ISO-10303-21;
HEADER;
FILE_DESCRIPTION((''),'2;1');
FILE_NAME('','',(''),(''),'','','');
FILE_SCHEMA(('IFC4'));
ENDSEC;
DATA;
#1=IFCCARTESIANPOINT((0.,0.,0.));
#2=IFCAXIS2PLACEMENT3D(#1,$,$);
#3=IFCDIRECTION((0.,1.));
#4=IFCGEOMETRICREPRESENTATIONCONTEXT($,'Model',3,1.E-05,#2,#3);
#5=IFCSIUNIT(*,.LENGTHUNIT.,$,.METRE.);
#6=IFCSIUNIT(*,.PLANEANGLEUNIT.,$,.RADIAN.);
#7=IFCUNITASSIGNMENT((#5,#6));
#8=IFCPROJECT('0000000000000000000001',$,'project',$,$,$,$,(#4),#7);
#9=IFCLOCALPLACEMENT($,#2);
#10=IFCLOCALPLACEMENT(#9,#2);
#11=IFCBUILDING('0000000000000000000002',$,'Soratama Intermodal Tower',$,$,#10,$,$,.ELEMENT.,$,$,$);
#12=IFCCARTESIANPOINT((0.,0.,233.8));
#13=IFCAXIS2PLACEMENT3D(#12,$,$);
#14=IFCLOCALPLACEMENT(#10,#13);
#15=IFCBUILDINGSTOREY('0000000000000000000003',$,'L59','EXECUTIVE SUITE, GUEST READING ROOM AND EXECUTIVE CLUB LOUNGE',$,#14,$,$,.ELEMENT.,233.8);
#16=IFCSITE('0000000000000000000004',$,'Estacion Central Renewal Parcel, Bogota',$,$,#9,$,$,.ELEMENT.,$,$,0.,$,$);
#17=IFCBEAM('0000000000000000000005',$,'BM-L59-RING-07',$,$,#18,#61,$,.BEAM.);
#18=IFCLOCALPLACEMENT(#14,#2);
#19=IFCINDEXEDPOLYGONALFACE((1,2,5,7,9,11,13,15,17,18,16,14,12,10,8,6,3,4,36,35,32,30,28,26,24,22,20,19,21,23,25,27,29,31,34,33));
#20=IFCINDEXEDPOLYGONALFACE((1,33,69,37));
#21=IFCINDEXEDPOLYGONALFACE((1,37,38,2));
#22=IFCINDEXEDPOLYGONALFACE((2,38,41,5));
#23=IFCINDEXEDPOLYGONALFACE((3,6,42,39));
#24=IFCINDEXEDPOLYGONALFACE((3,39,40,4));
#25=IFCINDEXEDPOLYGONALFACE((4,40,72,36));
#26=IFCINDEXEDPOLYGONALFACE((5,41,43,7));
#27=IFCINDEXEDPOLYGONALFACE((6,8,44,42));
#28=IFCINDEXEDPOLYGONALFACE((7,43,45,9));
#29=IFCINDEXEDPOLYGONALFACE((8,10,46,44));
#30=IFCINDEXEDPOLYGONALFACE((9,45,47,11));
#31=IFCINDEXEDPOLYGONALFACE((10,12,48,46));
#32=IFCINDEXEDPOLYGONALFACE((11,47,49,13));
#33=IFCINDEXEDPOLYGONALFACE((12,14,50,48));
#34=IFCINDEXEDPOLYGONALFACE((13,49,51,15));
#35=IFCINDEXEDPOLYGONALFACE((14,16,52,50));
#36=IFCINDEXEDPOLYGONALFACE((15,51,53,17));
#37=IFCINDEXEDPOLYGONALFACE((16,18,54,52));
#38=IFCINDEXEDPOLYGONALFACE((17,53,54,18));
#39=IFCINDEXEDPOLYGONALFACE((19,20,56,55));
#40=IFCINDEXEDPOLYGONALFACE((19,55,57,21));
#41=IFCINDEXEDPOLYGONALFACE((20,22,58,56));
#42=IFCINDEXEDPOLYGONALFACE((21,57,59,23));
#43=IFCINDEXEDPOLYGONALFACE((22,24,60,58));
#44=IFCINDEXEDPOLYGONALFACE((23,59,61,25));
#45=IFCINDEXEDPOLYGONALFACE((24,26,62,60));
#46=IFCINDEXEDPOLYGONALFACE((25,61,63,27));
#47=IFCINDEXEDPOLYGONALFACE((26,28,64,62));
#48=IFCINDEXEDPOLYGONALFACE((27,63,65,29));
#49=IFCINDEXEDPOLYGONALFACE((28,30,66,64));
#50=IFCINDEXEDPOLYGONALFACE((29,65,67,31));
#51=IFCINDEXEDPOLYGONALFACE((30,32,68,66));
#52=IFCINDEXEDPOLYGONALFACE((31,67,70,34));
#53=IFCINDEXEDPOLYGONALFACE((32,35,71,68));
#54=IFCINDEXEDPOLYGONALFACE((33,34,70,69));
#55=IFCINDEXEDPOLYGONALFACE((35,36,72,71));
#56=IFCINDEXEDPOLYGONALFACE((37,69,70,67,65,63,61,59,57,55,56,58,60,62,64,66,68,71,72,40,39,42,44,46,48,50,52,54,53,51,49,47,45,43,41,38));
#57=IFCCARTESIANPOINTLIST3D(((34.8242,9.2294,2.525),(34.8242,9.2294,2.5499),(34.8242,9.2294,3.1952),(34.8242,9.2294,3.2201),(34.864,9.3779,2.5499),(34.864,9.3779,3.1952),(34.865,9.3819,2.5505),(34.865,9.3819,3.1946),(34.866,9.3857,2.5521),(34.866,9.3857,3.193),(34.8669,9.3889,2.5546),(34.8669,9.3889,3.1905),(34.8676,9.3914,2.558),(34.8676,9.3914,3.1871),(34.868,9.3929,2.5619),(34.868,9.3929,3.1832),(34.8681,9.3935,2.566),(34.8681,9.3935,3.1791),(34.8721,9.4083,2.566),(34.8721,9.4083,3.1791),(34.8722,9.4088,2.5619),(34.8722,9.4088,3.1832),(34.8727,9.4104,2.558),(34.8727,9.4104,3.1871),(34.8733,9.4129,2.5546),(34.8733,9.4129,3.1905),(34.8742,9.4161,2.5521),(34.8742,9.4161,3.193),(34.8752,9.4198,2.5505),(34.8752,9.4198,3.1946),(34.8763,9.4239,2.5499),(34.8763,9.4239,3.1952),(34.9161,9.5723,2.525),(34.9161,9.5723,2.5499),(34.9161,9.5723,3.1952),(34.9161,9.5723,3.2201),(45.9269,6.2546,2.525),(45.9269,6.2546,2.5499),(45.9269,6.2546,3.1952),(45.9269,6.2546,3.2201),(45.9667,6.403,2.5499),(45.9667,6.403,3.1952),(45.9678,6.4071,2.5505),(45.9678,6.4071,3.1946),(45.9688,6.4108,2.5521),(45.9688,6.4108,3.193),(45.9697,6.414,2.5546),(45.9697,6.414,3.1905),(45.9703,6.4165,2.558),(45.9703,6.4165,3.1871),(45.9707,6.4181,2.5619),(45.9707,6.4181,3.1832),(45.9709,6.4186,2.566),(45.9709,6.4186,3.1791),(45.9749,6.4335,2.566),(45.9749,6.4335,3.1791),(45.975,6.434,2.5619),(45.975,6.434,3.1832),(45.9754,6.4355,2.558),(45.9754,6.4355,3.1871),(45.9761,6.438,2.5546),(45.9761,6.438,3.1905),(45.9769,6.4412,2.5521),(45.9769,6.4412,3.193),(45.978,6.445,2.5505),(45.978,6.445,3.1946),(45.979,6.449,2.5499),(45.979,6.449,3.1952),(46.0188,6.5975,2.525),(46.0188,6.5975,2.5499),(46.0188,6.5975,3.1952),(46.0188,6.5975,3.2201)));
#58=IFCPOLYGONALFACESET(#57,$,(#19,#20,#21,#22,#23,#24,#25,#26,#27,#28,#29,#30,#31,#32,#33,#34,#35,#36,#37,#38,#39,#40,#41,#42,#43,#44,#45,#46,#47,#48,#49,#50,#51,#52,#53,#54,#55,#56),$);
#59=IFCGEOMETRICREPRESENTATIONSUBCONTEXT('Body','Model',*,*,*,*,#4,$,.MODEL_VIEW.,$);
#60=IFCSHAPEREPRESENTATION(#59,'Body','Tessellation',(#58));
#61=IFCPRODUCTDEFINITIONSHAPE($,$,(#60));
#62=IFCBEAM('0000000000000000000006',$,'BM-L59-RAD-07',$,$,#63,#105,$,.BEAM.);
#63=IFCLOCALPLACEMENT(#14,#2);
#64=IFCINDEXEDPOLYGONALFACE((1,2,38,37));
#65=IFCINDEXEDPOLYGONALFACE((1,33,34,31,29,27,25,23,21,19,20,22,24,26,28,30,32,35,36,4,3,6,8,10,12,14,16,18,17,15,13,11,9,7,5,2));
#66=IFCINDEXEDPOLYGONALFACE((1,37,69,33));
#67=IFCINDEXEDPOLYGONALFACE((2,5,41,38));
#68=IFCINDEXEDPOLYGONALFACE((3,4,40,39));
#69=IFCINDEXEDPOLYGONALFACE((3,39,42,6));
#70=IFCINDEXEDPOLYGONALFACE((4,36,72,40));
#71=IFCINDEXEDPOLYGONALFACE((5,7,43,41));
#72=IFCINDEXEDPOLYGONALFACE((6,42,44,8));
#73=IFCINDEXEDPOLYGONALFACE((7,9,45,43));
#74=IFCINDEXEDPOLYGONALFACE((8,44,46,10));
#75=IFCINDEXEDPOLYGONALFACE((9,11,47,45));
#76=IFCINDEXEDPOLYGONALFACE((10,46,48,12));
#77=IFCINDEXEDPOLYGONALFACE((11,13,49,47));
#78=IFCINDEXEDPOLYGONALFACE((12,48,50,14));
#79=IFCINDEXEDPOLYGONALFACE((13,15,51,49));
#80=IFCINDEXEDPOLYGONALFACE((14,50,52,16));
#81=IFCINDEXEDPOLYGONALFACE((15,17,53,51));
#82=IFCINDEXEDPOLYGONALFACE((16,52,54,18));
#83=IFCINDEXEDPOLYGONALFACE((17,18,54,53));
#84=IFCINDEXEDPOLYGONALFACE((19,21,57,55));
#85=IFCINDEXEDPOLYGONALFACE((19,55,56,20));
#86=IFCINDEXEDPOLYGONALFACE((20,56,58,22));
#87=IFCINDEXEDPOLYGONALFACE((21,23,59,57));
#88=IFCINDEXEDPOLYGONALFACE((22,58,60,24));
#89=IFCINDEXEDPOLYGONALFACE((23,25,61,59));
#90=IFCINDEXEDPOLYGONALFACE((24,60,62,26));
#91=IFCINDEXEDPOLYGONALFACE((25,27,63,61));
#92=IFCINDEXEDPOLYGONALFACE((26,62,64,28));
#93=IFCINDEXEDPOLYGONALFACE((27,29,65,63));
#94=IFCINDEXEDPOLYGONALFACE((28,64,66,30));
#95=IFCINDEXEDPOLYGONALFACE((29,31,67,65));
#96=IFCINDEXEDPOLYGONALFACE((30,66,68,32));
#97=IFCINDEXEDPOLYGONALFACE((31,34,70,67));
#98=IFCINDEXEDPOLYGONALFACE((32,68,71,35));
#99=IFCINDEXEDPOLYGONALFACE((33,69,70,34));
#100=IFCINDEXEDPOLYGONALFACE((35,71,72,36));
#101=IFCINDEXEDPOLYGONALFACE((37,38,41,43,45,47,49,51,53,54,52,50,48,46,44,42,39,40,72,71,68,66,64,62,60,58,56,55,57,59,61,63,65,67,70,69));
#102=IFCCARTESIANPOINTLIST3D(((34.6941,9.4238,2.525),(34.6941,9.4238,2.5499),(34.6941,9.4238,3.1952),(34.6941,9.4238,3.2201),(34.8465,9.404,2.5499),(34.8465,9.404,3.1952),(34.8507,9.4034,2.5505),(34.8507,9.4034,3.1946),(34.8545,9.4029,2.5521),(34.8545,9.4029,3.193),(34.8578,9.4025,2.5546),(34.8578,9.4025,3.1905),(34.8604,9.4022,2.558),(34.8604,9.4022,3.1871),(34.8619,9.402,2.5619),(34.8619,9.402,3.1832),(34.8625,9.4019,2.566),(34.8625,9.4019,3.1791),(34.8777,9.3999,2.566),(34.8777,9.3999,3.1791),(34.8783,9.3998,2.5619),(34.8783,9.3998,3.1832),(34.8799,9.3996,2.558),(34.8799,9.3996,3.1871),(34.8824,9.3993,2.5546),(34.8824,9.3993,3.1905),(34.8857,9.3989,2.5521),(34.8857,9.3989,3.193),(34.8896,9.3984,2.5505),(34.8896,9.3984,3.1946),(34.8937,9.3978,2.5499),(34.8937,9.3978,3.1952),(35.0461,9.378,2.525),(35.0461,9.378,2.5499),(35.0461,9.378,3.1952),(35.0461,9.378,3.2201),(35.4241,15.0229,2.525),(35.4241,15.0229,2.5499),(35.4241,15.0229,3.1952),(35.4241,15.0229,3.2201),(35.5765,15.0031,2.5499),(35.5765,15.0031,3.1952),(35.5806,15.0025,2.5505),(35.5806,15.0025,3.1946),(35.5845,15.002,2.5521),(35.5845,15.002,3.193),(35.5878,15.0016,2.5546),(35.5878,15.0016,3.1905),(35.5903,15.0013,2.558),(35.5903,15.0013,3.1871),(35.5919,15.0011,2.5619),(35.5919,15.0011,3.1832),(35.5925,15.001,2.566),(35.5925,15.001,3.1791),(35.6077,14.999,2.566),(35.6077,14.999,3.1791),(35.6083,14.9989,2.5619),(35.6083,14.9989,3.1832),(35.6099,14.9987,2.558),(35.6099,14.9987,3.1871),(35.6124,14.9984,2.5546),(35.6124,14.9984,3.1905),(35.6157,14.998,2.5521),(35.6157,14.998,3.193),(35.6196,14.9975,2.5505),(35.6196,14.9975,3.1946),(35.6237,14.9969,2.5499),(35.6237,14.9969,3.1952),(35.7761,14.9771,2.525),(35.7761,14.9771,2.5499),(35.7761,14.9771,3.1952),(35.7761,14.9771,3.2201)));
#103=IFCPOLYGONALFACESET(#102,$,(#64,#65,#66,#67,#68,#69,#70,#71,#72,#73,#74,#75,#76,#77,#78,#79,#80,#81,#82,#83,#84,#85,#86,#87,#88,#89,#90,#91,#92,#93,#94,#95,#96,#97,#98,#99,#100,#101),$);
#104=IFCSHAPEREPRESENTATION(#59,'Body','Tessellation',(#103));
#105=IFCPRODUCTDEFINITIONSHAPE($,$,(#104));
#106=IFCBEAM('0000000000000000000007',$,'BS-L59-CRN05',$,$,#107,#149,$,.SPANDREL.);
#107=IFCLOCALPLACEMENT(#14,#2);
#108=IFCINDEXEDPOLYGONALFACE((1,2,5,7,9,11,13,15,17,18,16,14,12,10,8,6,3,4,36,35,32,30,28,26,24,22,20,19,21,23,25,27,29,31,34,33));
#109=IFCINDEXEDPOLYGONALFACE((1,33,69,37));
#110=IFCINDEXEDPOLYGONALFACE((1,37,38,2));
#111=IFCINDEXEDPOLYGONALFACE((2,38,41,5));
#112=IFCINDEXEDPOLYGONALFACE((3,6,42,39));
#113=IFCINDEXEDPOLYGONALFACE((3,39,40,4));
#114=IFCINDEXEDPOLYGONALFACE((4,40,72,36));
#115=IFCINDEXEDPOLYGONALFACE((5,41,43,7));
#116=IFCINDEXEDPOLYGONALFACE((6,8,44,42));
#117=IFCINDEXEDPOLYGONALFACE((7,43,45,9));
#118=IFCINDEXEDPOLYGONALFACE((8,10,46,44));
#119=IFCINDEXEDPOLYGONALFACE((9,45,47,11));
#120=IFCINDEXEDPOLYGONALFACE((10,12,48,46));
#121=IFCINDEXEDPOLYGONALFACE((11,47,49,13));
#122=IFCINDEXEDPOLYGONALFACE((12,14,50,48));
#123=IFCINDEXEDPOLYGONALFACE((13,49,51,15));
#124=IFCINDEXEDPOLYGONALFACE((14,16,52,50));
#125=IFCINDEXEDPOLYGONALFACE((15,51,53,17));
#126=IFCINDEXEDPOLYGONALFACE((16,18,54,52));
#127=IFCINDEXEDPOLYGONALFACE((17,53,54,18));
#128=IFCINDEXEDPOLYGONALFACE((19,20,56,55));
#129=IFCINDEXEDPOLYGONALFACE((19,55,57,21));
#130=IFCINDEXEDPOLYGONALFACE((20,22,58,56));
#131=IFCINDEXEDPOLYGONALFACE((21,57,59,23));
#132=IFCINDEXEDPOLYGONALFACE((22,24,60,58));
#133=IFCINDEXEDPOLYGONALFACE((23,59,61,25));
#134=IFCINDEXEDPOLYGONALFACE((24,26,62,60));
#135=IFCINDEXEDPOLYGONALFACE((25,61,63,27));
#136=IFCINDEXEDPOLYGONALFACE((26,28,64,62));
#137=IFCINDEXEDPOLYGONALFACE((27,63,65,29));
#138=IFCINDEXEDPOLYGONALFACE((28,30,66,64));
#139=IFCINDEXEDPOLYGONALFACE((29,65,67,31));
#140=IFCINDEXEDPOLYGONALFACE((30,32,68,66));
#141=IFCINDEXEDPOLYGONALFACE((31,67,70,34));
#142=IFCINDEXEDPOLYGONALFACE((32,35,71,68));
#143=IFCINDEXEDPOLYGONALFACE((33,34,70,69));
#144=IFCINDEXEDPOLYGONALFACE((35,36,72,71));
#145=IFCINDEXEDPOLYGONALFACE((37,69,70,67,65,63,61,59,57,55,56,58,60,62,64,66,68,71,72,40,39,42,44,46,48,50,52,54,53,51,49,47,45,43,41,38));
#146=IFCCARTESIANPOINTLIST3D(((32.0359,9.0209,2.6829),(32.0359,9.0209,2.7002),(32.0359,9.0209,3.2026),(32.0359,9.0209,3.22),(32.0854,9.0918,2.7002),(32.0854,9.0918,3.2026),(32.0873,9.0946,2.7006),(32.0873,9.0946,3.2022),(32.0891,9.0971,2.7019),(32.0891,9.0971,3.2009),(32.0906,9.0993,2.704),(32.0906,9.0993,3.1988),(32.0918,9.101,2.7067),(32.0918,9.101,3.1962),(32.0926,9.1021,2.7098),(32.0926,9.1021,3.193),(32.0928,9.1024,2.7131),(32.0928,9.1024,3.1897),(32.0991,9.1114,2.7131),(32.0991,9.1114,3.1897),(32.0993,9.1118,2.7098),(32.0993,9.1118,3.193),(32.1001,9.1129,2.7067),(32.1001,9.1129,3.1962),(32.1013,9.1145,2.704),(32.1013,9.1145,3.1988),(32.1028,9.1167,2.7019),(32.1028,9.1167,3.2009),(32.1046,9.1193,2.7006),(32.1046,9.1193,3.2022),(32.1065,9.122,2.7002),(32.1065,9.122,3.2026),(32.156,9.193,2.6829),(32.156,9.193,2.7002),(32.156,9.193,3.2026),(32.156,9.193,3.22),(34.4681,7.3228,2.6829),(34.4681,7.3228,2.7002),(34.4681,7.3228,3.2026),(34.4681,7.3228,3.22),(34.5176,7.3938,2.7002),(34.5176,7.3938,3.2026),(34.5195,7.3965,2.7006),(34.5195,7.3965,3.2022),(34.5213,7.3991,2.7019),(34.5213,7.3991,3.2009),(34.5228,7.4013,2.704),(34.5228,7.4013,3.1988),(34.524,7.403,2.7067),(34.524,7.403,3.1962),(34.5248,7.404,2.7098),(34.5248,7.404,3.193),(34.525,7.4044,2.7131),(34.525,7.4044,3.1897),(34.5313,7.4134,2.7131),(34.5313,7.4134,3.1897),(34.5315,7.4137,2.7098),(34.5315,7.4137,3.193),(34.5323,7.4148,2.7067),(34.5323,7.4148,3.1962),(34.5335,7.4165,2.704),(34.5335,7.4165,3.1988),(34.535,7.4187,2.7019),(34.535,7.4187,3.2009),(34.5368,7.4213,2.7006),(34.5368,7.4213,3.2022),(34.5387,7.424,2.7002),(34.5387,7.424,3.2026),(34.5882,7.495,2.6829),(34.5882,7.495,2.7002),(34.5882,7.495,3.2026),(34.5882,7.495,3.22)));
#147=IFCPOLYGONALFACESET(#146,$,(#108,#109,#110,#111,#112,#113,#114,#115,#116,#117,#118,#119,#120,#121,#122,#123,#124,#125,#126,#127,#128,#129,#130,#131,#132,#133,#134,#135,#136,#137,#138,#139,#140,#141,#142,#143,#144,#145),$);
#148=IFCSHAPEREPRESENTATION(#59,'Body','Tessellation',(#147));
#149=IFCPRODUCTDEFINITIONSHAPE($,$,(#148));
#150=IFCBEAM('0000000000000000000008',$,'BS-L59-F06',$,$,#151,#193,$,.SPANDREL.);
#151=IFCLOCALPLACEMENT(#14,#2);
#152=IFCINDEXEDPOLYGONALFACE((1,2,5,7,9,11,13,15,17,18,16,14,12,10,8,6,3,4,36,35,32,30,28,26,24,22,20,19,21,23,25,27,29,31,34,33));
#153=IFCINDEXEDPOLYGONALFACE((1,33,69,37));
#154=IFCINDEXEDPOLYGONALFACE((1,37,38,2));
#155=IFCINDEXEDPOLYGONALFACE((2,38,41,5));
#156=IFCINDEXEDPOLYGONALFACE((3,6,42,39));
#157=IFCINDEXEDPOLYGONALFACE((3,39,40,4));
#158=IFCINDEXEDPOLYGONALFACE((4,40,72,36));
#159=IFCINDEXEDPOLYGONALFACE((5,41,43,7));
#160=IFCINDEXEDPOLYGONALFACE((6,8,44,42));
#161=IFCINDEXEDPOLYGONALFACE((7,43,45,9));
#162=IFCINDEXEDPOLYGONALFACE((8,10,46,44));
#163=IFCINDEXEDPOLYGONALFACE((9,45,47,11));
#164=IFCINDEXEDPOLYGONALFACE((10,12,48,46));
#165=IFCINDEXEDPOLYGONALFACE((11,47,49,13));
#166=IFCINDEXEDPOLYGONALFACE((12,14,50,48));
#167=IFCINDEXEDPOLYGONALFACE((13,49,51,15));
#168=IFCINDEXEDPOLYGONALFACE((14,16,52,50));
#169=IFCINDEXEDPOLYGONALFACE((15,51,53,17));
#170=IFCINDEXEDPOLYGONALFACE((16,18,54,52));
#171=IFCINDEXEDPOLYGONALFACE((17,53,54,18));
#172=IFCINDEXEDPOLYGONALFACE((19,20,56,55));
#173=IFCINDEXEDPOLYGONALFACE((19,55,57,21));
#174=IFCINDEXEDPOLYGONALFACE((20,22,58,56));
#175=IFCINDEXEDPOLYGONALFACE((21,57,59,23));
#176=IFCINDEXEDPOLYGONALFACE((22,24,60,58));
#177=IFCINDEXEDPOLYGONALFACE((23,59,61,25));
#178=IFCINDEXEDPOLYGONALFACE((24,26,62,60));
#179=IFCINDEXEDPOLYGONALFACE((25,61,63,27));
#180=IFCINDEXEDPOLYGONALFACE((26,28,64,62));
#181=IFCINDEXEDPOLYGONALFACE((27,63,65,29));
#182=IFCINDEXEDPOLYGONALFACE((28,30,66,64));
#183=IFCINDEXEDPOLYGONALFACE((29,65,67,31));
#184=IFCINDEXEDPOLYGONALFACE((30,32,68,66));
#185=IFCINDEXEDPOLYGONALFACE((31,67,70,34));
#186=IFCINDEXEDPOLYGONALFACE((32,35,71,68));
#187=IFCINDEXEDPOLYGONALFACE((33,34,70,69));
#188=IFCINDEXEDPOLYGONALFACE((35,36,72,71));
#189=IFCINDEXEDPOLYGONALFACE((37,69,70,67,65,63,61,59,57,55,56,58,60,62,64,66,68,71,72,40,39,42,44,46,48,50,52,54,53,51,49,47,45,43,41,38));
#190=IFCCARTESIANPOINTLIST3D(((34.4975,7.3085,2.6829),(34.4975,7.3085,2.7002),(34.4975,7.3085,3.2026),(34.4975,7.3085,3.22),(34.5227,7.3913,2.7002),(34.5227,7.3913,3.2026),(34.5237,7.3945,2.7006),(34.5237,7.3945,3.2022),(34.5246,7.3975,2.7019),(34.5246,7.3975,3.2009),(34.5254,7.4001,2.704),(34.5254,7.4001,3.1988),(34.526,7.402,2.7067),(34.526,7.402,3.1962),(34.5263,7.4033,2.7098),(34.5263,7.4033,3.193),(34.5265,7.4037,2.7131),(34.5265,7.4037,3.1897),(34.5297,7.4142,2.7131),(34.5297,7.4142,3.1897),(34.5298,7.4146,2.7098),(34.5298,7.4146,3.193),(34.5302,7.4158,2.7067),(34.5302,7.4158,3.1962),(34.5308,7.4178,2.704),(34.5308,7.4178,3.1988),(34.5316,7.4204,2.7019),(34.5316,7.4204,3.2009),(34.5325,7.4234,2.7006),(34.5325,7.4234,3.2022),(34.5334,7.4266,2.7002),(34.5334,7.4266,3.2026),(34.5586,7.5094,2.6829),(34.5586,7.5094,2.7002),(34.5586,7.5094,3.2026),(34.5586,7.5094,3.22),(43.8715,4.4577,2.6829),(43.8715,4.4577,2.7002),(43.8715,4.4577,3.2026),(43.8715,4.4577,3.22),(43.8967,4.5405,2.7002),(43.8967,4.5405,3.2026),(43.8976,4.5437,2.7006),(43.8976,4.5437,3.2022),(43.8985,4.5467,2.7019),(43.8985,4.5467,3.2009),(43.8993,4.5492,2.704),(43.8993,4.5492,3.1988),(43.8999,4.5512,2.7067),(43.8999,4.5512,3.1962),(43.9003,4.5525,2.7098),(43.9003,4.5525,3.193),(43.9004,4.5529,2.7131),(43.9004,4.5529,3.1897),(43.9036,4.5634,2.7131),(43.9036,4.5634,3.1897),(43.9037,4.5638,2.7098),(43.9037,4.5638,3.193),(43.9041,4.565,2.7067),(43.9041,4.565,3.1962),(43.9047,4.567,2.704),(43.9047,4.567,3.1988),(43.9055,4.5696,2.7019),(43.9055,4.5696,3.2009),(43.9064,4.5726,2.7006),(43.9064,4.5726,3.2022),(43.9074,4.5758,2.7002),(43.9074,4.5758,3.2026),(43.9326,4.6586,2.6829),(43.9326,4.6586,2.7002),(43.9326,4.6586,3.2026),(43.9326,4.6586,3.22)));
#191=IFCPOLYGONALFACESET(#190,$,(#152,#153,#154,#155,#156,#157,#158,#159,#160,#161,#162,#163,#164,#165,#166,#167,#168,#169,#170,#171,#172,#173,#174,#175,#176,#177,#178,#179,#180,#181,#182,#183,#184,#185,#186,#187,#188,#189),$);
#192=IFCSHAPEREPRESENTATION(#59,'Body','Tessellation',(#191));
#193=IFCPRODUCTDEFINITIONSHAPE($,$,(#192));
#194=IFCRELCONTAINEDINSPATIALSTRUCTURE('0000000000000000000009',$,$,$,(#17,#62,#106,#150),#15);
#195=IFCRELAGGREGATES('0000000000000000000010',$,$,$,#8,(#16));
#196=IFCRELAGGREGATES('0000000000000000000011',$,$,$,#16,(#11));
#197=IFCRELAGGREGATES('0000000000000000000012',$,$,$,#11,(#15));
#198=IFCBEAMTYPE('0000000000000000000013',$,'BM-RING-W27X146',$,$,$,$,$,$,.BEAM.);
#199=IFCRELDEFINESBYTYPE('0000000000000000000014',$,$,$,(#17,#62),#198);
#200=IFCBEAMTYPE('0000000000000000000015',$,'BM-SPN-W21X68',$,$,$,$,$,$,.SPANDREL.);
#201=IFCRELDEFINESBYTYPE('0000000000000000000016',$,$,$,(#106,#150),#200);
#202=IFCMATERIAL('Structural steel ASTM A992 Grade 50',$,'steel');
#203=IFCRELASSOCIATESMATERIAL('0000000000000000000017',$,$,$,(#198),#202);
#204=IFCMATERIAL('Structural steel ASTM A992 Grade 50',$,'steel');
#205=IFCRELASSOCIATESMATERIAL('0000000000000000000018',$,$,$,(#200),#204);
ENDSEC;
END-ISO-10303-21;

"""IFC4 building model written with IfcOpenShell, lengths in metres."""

from ifc_helpers import new_model, si_unit, direction, frame, origin, origin_2d, place, context, subcontext, project, spatial, i_section, extrude, material, material_profile, profile_set, type_object, element, save


model = new_model("IFC4")

# Units and contexts
model_context = context("Model", 3, precision=1e-05, world=origin(), true_north=direction((0.0, 1.0)))
body_context = subcontext(model_context, "Body", "Model", "MODEL_VIEW")
ifc_project = project(units=[si_unit("LENGTHUNIT", "METRE"), si_unit("PLANEANGLEUNIT", "RADIAN")], contexts=[model_context])

# Site, building, storey
site_placement = place(None, origin())
site = spatial("IfcSite", under=ifc_project, at=site_placement, Name="Estacion Central Renewal Parcel, Bogota", CompositionType="ELEMENT", RefElevation=0.0)
building_placement = place(site_placement, origin())
building = spatial("IfcBuilding", under=site, at=building_placement, Name="Soratama Intermodal Tower", CompositionType="ELEMENT")
storey_placement = place(building_placement, frame((0.0, 0.0, 233.8)))
storey = spatial("IfcBuildingStorey", under=building, at=storey_placement, Name="L59", Description="EXECUTIVE SUITE, GUEST READING ROOM AND EXECUTIVE CLUB LOUNGE", CompositionType="ELEMENT", Elevation=233.8)

# Beams
ifc_material_1 = material(Name="Structural steel ASTM A992 Grade 50", Category="steel")
ifc_material_profile_1 = material_profile(ifc_material_1, i_section(OverallWidth=0.355, OverallDepth=0.6951, WebThickness=0.0154, FlangeThickness=0.0249, FilletRadius=0.0161, at=origin_2d()), Name="W27X146")
ifc_profile_set_1 = profile_set([ifc_material_profile_1], Name="Structural steel ASTM A992 Grade 50")
beam_type_1 = type_object("IfcBeamType", Name="BM-RING-W27X146", PredefinedType="BEAM", material=ifc_profile_set_1)
beam_1_placement = place(storey_placement, frame((34.8701, 9.4009, 2.8726), z_axis=(0.965929, -0.258809, 0.0), x_axis=(0.258809, 0.965929, 0.0)))
element("IfcBeam", 1, at=beam_1_placement, inside=storey, type_object=beam_type_1, Name="BM-L59-RING-07", PredefinedType="BEAM", context=body_context, shape_type="SweptSolid", body=[
    extrude(i_section(OverallWidth=0.355, OverallDepth=0.6951, WebThickness=0.0154, FlangeThickness=0.0249, FilletRadius=0.0161, at=origin_2d()), origin(), (0.0, 0.0, 1.0), 11.4944),
])
beam_2_placement = place(storey_placement, frame((35.6001, 15.0, 2.8726), z_axis=(-0.12928, -0.991608, 0.0), x_axis=(0.991608, -0.12928, 0.0)))
element("IfcBeam", 2, at=beam_2_placement, inside=storey, type_object=beam_type_1, Name="BM-L59-RAD-07", PredefinedType="BEAM", context=body_context, shape_type="SweptSolid", body=[
    extrude(i_section(OverallWidth=0.355, OverallDepth=0.6951, WebThickness=0.0154, FlangeThickness=0.0249, FilletRadius=0.0161, at=origin_2d()), origin(), (0.0, 0.0, 1.0), 5.6465),
])
ifc_material_2 = material(Name="Structural steel ASTM A992 Grade 50", Category="steel")
ifc_material_profile_2 = material_profile(ifc_material_2, i_section(OverallWidth=0.21, OverallDepth=0.5371, WebThickness=0.011, FlangeThickness=0.0173, FilletRadius=0.0129, at=origin_2d()), Name="W21X68")
ifc_profile_set_2 = profile_set([ifc_material_profile_2], Name="Structural steel ASTM A992 Grade 50")
beam_type_2 = type_object("IfcBeamType", Name="BM-SPN-W21X68", PredefinedType="SPANDREL", material=ifc_profile_set_2)
beam_3_placement = place(storey_placement, frame((32.0959, 9.1069, 2.9514), z_axis=(0.819943, -0.572445, 0.0), x_axis=(0.572445, 0.819943, 0.0)))
element("IfcBeam", 3, at=beam_3_placement, inside=storey, type_object=beam_type_2, Name="BS-L59-CRN05", PredefinedType="SPANDREL", context=body_context, shape_type="SweptSolid", body=[
    extrude(i_section(OverallWidth=0.21, OverallDepth=0.5371, WebThickness=0.011, FlangeThickness=0.0173, FilletRadius=0.0129, at=origin_2d()), origin(), (0.0, 0.0, 1.0), 2.9663),
])
beam_4_placement = place(storey_placement, frame((34.5281, 7.4089, 2.9514), z_axis=(0.956735, -0.290962, 0.0), x_axis=(0.290962, 0.956735, 0.0)))
element("IfcBeam", 4, at=beam_4_placement, inside=storey, type_object=beam_type_2, Name="BS-L59-F06", PredefinedType="SPANDREL", context=body_context, shape_type="SweptSolid", body=[
    extrude(i_section(OverallWidth=0.21, OverallDepth=0.5371, WebThickness=0.011, FlangeThickness=0.0173, FilletRadius=0.0129, at=origin_2d()), origin(), (0.0, 0.0, 1.0), 9.7979),
])

save(model, "model.ifc")
